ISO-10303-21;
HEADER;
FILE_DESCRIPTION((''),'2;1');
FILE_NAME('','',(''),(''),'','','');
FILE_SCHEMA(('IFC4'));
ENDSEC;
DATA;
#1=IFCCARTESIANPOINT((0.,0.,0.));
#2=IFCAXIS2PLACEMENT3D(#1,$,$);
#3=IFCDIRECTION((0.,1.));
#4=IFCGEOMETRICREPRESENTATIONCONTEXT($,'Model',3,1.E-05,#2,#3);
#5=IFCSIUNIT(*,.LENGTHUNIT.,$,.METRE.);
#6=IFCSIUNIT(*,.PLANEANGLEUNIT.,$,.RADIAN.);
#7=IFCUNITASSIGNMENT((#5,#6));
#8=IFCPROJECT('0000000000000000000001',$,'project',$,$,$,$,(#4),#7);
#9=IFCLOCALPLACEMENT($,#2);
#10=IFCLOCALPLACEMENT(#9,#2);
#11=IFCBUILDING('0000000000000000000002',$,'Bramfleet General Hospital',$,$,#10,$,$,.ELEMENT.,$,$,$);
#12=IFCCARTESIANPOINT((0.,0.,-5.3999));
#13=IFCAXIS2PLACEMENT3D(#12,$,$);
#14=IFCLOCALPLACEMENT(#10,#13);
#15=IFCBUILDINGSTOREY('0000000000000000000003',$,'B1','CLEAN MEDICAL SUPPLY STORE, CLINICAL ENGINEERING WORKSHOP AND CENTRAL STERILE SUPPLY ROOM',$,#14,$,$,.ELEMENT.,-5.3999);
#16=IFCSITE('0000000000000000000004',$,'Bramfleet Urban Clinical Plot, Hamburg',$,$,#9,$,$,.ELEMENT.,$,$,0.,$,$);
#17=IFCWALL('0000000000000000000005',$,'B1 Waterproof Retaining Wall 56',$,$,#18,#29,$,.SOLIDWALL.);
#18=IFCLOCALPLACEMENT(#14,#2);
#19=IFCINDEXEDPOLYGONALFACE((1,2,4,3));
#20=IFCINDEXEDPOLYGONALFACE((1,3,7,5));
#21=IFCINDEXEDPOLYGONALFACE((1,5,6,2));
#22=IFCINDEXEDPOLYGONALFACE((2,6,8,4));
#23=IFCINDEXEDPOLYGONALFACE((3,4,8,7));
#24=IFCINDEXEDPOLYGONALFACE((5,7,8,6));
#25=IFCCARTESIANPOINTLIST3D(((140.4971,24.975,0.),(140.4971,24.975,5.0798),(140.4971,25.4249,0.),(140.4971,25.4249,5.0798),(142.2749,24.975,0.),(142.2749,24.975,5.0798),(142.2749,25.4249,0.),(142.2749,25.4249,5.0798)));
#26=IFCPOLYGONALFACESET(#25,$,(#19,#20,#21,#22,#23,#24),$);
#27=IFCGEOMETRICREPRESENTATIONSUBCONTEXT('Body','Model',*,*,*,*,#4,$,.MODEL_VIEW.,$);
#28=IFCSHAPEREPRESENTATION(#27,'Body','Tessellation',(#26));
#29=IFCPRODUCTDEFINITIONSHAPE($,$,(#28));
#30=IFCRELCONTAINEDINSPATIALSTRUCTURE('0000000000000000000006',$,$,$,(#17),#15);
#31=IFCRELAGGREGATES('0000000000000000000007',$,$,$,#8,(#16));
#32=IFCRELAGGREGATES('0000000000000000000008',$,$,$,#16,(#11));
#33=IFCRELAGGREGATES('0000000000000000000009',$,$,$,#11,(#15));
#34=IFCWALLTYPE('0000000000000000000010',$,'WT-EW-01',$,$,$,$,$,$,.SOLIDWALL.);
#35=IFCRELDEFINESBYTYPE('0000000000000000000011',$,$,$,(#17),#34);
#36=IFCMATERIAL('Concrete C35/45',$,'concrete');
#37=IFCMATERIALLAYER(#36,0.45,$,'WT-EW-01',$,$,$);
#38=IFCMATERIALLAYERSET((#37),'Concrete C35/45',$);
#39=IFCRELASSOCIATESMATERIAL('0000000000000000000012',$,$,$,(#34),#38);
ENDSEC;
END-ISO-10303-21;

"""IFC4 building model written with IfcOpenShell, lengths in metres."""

from ifc_helpers import new_model, si_unit, direction, frame, frame_2d, origin, place, context, subcontext, project, spatial, rectangle, extrude, material, layer, layer_set, type_object, element, save


model = new_model("IFC4")

# Units and contexts
model_context = context("Model", 3, precision=1e-05, world=origin(), true_north=direction((0.0, 1.0)))
body_context = subcontext(model_context, "Body", "Model", "MODEL_VIEW")
ifc_project = project(units=[si_unit("LENGTHUNIT", "METRE"), si_unit("PLANEANGLEUNIT", "RADIAN")], contexts=[model_context])

# Site, building, storey
site_placement = place(None, origin())
site = spatial("IfcSite", under=ifc_project, at=site_placement, Name="Bramfleet Urban Clinical Plot, Hamburg", CompositionType="ELEMENT", RefElevation=0.0)
building_placement = place(site_placement, origin())
building = spatial("IfcBuilding", under=site, at=building_placement, Name="Bramfleet General Hospital", CompositionType="ELEMENT")
storey_placement = place(building_placement, frame((0.0, 0.0, -5.3999)))
storey = spatial("IfcBuildingStorey", under=building, at=storey_placement, Name="B1", Description="CLEAN MEDICAL SUPPLY STORE, CLINICAL ENGINEERING WORKSHOP AND CENTRAL STERILE SUPPLY ROOM", CompositionType="ELEMENT", Elevation=-5.3999)

# Shared definitions
ifc_material_1 = material(Name="Concrete C35/45", Category="concrete")

# Wall
ifc_layer = layer(ifc_material_1, 0.45, Name="WT-EW-01")
ifc_layer_set = layer_set([ifc_layer], Name="Concrete C35/45")
wall_type = type_object("IfcWallType", Name="WT-EW-01", PredefinedType="SOLIDWALL", material=ifc_layer_set)
wall_1_placement = place(storey_placement, frame((140.4971, 25.2, 0.0), z_axis=(0.0, 0.0, 1.0), x_axis=(1.0, 0.0, 0.0)))
element("IfcWall", 1, at=wall_1_placement, inside=storey, type_object=wall_type, Name="B1 Waterproof Retaining Wall 56", PredefinedType="SOLIDWALL", context=body_context, shape_type="SweptSolid", body=[
    extrude(rectangle(XDim=1.7778, YDim=0.45, at=frame_2d((0.8889, 0.0))), origin(), (0.0, 0.0, 1.0), 5.0798),
])

save(model, "model.ifc")
